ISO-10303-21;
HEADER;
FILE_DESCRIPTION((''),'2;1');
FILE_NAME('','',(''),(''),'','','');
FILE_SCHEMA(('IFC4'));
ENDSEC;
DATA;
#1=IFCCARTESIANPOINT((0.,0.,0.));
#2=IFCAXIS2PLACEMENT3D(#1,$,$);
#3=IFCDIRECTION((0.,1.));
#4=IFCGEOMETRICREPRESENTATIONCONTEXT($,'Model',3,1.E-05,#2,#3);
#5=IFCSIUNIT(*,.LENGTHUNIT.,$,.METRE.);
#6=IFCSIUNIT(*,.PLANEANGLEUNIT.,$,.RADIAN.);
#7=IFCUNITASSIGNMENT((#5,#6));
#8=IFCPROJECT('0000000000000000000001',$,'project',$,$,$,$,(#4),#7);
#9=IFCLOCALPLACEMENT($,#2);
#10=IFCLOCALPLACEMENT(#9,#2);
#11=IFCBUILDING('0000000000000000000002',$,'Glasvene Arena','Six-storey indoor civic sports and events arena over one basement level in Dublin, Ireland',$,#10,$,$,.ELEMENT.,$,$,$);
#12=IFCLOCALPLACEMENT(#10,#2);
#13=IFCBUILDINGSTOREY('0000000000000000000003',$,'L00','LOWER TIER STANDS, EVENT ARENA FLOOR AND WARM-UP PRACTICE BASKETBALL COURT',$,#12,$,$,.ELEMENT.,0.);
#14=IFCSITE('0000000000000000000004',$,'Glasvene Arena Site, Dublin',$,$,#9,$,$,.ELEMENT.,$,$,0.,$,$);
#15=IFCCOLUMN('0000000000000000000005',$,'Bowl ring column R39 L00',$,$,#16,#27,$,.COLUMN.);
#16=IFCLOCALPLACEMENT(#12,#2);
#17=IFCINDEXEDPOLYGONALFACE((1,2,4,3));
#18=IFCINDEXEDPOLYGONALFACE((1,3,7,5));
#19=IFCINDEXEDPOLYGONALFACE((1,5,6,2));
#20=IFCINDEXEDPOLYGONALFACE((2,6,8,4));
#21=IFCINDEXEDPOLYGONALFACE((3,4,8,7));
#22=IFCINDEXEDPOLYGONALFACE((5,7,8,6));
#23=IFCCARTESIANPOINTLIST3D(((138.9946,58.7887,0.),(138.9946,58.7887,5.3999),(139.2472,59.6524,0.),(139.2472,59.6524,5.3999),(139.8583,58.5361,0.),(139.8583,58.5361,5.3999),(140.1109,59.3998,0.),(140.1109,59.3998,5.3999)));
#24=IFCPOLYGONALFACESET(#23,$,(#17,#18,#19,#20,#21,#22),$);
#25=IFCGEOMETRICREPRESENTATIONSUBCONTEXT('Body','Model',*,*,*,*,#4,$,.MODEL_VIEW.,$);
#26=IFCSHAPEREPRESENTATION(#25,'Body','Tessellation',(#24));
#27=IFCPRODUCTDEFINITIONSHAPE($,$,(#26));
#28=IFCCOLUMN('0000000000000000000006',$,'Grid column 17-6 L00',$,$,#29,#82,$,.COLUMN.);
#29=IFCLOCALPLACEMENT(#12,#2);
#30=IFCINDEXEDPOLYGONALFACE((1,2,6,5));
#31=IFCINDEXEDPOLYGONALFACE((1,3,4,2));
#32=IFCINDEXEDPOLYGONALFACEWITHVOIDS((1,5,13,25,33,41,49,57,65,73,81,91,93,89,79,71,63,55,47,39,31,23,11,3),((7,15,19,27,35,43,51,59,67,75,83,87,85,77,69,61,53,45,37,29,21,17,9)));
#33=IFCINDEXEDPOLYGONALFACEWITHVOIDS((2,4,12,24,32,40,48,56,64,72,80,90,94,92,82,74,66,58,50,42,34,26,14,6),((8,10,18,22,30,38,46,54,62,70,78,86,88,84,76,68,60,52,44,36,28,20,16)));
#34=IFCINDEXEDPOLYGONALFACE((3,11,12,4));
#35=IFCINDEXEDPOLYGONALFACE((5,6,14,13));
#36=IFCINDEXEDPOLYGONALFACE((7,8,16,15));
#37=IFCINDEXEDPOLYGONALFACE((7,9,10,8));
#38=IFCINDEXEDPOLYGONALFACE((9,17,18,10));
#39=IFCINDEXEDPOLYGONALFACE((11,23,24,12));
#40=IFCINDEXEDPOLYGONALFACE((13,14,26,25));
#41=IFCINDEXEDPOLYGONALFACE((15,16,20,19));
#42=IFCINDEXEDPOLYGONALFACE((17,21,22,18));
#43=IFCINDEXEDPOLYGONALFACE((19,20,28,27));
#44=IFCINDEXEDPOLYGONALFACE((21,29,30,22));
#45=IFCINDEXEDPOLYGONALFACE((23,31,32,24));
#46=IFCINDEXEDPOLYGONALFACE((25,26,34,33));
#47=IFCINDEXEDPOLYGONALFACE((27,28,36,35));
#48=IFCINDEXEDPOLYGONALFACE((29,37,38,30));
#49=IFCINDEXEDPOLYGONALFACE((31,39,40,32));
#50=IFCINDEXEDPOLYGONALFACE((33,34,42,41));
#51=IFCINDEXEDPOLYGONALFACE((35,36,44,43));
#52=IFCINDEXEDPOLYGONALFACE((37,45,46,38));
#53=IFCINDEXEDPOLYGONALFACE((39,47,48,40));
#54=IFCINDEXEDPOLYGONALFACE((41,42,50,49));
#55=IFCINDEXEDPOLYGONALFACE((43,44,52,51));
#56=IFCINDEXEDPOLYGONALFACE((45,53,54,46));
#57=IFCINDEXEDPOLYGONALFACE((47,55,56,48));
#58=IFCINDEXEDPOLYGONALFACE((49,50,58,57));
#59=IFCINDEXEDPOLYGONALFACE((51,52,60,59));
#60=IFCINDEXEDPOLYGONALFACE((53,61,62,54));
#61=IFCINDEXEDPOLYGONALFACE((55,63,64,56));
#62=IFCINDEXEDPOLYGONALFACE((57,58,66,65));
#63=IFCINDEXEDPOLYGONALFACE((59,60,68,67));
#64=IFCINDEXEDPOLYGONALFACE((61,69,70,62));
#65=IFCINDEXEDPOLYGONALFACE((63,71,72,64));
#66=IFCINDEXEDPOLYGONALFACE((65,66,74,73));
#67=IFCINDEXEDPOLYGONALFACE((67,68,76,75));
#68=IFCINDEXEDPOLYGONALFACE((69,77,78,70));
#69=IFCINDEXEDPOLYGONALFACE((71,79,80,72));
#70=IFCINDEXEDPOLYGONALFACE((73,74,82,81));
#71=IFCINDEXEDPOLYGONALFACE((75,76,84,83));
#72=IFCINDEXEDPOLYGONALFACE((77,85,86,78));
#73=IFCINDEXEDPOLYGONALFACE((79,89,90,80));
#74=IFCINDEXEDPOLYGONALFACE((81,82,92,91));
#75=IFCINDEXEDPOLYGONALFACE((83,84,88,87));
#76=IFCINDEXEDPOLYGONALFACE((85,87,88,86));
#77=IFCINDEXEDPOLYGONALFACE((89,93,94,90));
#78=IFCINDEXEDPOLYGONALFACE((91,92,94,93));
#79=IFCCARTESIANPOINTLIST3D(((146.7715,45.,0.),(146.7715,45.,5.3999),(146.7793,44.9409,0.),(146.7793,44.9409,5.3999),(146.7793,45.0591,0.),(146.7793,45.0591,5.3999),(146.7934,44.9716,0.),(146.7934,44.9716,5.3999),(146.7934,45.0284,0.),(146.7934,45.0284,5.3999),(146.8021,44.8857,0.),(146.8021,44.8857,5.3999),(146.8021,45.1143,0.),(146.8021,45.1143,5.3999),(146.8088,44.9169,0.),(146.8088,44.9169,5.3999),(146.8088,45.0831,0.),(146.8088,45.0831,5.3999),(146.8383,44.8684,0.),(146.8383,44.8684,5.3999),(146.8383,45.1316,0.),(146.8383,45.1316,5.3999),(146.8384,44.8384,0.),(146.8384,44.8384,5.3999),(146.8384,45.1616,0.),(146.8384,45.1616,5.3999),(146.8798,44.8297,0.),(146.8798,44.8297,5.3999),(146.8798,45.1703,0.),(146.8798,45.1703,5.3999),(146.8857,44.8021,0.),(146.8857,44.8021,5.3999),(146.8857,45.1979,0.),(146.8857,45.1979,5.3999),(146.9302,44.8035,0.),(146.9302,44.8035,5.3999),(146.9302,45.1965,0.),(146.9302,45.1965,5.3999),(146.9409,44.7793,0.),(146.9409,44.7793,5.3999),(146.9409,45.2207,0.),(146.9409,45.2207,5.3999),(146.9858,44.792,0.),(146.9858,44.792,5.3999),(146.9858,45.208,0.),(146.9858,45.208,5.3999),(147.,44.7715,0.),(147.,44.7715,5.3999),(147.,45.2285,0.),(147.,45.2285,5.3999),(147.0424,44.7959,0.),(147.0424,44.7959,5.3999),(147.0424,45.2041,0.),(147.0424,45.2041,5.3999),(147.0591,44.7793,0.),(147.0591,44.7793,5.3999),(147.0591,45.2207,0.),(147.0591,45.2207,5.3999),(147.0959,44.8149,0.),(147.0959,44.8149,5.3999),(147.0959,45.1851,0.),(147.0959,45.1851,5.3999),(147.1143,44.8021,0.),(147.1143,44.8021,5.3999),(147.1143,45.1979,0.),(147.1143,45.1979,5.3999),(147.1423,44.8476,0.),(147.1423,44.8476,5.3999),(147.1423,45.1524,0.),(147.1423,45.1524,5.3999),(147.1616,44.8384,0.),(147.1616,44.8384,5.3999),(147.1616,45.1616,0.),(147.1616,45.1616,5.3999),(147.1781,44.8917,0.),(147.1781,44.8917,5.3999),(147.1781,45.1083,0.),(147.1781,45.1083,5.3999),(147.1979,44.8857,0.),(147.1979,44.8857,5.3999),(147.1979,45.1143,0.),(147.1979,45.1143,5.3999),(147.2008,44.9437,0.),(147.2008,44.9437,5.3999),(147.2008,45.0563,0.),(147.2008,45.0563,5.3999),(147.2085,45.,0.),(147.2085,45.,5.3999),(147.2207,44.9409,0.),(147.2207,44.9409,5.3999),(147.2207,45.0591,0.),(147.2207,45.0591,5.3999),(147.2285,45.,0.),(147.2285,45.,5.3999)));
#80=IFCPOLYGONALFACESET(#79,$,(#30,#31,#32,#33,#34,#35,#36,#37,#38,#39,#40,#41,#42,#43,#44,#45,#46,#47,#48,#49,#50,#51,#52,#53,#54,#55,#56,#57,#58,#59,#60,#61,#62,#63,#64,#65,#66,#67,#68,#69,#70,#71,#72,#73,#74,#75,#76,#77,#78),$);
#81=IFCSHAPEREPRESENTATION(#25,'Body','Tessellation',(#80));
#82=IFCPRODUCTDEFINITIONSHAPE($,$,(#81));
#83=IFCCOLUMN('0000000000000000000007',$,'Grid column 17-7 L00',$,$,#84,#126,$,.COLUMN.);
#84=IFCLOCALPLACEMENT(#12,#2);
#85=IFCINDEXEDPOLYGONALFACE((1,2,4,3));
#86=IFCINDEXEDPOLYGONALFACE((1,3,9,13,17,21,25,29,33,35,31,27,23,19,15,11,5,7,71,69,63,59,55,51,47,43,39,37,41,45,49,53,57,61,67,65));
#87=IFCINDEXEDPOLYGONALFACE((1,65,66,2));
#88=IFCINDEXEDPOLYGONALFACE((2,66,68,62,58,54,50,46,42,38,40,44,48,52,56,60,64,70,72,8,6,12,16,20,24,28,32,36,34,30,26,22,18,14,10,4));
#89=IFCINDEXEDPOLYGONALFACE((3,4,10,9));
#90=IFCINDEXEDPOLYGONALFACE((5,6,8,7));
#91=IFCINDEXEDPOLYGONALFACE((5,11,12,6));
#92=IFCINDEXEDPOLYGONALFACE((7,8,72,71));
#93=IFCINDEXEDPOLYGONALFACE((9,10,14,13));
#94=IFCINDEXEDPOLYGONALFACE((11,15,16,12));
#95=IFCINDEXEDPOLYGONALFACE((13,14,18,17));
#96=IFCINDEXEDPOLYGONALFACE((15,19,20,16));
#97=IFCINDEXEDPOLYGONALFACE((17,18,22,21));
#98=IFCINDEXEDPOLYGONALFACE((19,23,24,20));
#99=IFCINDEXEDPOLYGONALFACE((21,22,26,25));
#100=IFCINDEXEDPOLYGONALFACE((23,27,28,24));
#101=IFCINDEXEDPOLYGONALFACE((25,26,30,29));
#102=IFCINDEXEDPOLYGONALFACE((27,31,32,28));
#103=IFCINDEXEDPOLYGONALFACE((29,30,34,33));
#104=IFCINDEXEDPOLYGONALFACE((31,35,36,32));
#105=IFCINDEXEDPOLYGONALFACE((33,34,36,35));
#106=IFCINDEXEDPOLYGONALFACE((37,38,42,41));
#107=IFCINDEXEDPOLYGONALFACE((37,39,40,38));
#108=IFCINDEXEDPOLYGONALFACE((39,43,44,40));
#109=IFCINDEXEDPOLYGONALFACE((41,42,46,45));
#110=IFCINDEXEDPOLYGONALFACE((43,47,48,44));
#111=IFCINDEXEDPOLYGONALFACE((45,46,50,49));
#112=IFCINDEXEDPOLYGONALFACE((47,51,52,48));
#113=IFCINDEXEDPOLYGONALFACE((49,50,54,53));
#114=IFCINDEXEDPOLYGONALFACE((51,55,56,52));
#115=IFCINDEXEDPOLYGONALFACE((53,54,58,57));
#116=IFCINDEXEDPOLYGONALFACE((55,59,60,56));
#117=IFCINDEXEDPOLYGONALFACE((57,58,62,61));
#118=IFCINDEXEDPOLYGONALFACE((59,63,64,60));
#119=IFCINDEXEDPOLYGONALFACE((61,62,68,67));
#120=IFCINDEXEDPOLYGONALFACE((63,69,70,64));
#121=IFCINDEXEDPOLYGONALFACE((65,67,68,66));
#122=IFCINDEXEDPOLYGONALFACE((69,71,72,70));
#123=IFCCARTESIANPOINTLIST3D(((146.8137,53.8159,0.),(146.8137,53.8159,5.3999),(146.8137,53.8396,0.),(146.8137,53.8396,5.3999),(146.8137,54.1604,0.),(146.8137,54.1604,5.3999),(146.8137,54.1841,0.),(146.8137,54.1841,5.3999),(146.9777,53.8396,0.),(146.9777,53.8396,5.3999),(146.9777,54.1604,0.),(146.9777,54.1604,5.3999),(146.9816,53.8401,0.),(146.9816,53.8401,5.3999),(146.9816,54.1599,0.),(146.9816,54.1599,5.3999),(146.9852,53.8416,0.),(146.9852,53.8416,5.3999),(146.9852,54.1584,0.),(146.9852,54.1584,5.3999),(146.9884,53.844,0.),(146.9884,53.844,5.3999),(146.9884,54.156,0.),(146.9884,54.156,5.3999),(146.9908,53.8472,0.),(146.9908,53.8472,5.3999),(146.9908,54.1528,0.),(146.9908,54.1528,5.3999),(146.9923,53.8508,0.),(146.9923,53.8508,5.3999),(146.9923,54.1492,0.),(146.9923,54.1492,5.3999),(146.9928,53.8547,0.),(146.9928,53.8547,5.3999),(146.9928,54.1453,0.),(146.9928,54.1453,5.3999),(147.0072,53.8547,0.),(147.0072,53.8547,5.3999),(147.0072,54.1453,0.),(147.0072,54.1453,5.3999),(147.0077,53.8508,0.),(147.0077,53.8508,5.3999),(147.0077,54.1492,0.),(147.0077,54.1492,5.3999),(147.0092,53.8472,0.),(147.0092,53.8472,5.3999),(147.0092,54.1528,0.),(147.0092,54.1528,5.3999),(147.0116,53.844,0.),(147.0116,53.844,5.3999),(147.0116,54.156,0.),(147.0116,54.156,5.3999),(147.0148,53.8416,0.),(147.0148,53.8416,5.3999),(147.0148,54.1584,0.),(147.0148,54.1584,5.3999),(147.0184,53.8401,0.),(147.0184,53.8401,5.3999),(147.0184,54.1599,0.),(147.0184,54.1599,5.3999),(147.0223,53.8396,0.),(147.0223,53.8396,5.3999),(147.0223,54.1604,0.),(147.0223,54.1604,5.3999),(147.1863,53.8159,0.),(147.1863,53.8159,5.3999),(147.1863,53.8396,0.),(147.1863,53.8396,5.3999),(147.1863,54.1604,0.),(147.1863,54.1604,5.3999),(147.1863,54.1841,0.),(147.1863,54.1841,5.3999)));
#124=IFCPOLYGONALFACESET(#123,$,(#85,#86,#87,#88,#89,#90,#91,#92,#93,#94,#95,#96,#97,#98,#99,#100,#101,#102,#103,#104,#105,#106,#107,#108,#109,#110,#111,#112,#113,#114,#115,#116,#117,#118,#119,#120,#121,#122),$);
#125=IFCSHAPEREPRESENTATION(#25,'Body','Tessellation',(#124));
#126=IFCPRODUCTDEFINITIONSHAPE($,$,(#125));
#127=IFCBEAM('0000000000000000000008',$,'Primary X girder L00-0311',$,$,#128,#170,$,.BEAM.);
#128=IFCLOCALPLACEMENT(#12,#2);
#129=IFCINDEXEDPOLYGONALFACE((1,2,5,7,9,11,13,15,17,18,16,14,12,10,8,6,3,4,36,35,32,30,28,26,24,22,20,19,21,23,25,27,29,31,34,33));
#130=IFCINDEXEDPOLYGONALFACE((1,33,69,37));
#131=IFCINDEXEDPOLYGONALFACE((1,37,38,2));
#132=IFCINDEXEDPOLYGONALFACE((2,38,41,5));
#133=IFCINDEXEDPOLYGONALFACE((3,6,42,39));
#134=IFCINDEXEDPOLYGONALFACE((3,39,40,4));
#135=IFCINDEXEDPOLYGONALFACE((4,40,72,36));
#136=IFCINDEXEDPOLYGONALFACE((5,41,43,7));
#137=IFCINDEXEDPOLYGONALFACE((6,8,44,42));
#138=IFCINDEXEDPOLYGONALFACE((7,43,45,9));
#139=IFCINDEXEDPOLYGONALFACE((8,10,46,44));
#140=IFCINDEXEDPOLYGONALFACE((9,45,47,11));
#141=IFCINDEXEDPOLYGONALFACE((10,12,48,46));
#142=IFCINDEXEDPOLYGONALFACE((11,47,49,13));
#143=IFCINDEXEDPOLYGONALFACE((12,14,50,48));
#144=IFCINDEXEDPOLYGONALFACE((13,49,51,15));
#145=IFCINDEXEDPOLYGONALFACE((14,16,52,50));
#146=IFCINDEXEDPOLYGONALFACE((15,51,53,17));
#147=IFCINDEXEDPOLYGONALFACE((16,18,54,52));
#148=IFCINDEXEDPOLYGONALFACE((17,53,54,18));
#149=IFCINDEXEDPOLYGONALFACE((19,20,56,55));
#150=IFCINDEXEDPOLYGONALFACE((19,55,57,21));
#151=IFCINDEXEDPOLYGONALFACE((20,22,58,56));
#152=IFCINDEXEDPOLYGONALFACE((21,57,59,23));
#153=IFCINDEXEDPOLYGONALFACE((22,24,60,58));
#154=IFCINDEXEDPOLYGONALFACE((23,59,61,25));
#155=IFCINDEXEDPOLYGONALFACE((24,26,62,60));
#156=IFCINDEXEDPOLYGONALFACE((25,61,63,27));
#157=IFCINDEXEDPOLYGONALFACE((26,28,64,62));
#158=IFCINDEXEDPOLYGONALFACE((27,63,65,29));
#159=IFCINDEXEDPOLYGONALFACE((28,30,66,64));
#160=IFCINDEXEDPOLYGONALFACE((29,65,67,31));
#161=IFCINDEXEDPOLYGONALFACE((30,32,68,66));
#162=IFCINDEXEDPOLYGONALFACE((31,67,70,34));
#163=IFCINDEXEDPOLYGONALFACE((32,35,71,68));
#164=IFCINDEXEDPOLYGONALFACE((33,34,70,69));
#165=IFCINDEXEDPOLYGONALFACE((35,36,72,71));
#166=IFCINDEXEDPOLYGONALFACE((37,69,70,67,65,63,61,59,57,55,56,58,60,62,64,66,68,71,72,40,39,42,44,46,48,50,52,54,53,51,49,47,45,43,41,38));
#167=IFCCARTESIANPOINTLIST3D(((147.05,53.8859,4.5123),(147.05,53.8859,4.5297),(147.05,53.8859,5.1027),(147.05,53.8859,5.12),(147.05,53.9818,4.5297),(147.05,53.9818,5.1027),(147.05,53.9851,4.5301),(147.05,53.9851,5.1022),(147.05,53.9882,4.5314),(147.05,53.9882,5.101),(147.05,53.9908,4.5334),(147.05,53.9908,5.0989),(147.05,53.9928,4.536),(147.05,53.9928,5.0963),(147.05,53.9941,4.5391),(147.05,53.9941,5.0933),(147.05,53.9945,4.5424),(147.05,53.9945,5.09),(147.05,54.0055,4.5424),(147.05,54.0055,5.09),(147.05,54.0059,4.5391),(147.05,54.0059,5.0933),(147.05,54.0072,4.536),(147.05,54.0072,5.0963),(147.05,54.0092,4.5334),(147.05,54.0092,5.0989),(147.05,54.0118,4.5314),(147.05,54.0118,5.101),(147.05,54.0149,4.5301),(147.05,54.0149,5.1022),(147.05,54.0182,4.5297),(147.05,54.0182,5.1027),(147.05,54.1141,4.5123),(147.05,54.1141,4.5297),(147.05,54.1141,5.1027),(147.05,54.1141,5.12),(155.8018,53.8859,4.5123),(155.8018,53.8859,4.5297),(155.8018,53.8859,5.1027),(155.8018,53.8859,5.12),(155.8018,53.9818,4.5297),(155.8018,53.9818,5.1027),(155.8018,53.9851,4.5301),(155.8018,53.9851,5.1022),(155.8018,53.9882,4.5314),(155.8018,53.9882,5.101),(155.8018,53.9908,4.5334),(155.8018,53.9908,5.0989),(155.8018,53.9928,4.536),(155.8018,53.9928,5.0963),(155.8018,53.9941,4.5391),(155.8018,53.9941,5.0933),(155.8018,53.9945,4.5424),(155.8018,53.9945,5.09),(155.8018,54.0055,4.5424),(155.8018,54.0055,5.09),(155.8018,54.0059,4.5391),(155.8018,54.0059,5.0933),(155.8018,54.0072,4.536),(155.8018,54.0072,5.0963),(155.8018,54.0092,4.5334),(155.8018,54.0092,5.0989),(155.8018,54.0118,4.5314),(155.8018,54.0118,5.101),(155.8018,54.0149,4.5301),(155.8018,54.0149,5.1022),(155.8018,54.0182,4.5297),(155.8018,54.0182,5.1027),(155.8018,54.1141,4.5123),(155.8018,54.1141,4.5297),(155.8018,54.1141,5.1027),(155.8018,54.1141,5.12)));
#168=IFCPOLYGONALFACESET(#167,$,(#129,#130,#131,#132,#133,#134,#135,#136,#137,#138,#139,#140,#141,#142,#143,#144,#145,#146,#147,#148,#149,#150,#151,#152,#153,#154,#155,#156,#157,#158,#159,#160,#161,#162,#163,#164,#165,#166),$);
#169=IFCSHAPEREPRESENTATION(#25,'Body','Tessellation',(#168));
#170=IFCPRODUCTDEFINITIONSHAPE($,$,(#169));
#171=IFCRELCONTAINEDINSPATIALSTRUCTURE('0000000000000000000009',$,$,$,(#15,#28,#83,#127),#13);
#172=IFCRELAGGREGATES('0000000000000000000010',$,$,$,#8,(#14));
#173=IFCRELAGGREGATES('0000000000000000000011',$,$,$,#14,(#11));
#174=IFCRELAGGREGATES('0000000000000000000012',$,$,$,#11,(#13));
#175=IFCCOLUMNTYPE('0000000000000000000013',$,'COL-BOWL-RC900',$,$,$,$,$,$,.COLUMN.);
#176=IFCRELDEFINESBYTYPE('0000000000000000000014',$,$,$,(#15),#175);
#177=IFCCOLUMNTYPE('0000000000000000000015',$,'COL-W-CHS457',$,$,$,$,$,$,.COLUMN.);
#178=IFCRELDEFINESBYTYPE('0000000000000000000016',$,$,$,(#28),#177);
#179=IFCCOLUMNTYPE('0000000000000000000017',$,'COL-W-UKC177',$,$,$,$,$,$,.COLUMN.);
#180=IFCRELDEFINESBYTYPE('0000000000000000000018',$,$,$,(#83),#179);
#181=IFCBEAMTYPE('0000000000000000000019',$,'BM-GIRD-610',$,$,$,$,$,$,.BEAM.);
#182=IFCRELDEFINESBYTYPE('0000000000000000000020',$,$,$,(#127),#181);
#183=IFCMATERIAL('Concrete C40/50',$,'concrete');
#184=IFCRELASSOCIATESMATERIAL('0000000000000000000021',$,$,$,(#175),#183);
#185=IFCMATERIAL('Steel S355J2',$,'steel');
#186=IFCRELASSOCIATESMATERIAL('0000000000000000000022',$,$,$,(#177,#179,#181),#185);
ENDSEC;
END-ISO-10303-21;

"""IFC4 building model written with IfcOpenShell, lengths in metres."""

from ifc_helpers import new_model, si_unit, direction, frame, origin, origin_2d, place, context, subcontext, project, spatial, rectangle, hollow_circle, i_section, extrude, material, material_profile, profile_set, type_object, element, save


model = new_model("IFC4")

# Units and contexts
model_context = context("Model", 3, precision=1e-05, world=origin(), true_north=direction((0.0, 1.0)))
body_context = subcontext(model_context, "Body", "Model", "MODEL_VIEW")
ifc_project = project(units=[si_unit("LENGTHUNIT", "METRE"), si_unit("PLANEANGLEUNIT", "RADIAN")], contexts=[model_context])

# Site, building, storey
site_placement = place(None, origin())
site = spatial("IfcSite", under=ifc_project, at=site_placement, Name="Glasvene Arena Site, Dublin", CompositionType="ELEMENT", RefElevation=0.0)
building_placement = place(site_placement, origin())
building = spatial("IfcBuilding", under=site, at=building_placement, Name="Glasvene Arena", Description="Six-storey indoor civic sports and events arena over one basement level in Dublin, Ireland", CompositionType="ELEMENT")
storey_placement = place(building_placement, origin())
storey = spatial("IfcBuildingStorey", under=building, at=storey_placement, Name="L00", Description="LOWER TIER STANDS, EVENT ARENA FLOOR AND WARM-UP PRACTICE BASKETBALL COURT", CompositionType="ELEMENT", Elevation=0.0)

# Columns
ifc_material_1 = material(Name="Concrete C40/50", Category="concrete")
ifc_material_profile_1 = material_profile(ifc_material_1, rectangle(XDim=0.8999, YDim=0.8999, at=origin_2d()), Name="RC 900x900")
ifc_profile_set_1 = profile_set([ifc_material_profile_1], Name="Concrete C40/50")
column_type_1 = type_object("IfcColumnType", Name="COL-BOWL-RC900", PredefinedType="COLUMN", material=ifc_profile_set_1)
column_1_placement = place(storey_placement, frame((139.5527, 59.0942, 0.0), z_axis=(0.0, 0.0, 1.0), x_axis=(0.959805, -0.280667, 0.0)))
element("IfcColumn", 1, at=column_1_placement, inside=storey, type_object=column_type_1, Name="Bowl ring column R39 L00", PredefinedType="COLUMN", context=body_context, shape_type="SweptSolid", body=[
    extrude(rectangle(XDim=0.8999, YDim=0.8999, at=origin_2d()), origin(), (0.0, 0.0, 1.0), 5.3999),
])
ifc_material_2 = material(Name="Steel S355J2", Category="steel")
ifc_material_profile_2 = material_profile(ifc_material_2, hollow_circle(Radius=0.2285, WallThickness=0.02, at=origin_2d()), Name="CHS 457.0x20.0")
ifc_profile_set_2 = profile_set([ifc_material_profile_2], Name="Steel S355J2")
column_type_2 = type_object("IfcColumnType", Name="COL-W-CHS457", PredefinedType="COLUMN", material=ifc_profile_set_2)
column_2_placement = place(storey_placement, frame((147.0, 45.0, 0.0), z_axis=(0.0, 0.0, 1.0), x_axis=(1.0, 0.0, 0.0)))
element("IfcColumn", 2, at=column_2_placement, inside=storey, type_object=column_type_2, Name="Grid column 17-6 L00", PredefinedType="COLUMN", context=body_context, shape_type="SweptSolid", body=[
    extrude(hollow_circle(Radius=0.2285, WallThickness=0.02, at=origin_2d()), origin(), (0.0, 0.0, 1.0), 5.3999),
])
ifc_material_profile_3 = material_profile(ifc_material_2, i_section(OverallWidth=0.3726, OverallDepth=0.3682, WebThickness=0.0144, FlangeThickness=0.0237, FilletRadius=0.0151, at=origin_2d()), Name="UKC 356x368x177")
ifc_profile_set_3 = profile_set([ifc_material_profile_3], Name="Steel S355J2")
column_type_3 = type_object("IfcColumnType", Name="COL-W-UKC177", PredefinedType="COLUMN", material=ifc_profile_set_3)
column_3_placement = place(storey_placement, frame((147.0, 54.0, 0.0), z_axis=(0.0, 0.0, 1.0), x_axis=(1.0, 0.0, 0.0)))
element("IfcColumn", 3, at=column_3_placement, inside=storey, type_object=column_type_3, Name="Grid column 17-7 L00", PredefinedType="COLUMN", context=body_context, shape_type="SweptSolid", body=[
    extrude(i_section(OverallWidth=0.3726, OverallDepth=0.3682, WebThickness=0.0144, FlangeThickness=0.0237, FilletRadius=0.0151, at=origin_2d()), origin(), (0.0, 0.0, 1.0), 5.3999),
])

# Beam
ifc_material_profile_4 = material_profile(ifc_material_2, i_section(OverallWidth=0.2283, OverallDepth=0.6077, WebThickness=0.011, FlangeThickness=0.0173, FilletRadius=0.0127, at=origin_2d()), Name="UKB 610x229x113")
ifc_profile_set_4 = profile_set([ifc_material_profile_4], Name="Steel S355J2")
beam_type_1 = type_object("IfcBeamType", Name="BM-GIRD-610", PredefinedType="BEAM", material=ifc_profile_set_4)
beam_1_placement = place(storey_placement, frame((147.05, 54.0, 4.8162), z_axis=(1.0, 0.0, 0.0), x_axis=(0.0, 1.0, 0.0)))
element("IfcBeam", 4, at=beam_1_placement, inside=storey, type_object=beam_type_1, Name="Primary X girder L00-0311", PredefinedType="BEAM", context=body_context, shape_type="SweptSolid", body=[
    extrude(i_section(OverallWidth=0.2283, OverallDepth=0.6077, WebThickness=0.011, FlangeThickness=0.0173, FilletRadius=0.0127, at=origin_2d()), origin(), (0.0, 0.0, 1.0), 8.7517),
])

save(model, "model.ifc")
